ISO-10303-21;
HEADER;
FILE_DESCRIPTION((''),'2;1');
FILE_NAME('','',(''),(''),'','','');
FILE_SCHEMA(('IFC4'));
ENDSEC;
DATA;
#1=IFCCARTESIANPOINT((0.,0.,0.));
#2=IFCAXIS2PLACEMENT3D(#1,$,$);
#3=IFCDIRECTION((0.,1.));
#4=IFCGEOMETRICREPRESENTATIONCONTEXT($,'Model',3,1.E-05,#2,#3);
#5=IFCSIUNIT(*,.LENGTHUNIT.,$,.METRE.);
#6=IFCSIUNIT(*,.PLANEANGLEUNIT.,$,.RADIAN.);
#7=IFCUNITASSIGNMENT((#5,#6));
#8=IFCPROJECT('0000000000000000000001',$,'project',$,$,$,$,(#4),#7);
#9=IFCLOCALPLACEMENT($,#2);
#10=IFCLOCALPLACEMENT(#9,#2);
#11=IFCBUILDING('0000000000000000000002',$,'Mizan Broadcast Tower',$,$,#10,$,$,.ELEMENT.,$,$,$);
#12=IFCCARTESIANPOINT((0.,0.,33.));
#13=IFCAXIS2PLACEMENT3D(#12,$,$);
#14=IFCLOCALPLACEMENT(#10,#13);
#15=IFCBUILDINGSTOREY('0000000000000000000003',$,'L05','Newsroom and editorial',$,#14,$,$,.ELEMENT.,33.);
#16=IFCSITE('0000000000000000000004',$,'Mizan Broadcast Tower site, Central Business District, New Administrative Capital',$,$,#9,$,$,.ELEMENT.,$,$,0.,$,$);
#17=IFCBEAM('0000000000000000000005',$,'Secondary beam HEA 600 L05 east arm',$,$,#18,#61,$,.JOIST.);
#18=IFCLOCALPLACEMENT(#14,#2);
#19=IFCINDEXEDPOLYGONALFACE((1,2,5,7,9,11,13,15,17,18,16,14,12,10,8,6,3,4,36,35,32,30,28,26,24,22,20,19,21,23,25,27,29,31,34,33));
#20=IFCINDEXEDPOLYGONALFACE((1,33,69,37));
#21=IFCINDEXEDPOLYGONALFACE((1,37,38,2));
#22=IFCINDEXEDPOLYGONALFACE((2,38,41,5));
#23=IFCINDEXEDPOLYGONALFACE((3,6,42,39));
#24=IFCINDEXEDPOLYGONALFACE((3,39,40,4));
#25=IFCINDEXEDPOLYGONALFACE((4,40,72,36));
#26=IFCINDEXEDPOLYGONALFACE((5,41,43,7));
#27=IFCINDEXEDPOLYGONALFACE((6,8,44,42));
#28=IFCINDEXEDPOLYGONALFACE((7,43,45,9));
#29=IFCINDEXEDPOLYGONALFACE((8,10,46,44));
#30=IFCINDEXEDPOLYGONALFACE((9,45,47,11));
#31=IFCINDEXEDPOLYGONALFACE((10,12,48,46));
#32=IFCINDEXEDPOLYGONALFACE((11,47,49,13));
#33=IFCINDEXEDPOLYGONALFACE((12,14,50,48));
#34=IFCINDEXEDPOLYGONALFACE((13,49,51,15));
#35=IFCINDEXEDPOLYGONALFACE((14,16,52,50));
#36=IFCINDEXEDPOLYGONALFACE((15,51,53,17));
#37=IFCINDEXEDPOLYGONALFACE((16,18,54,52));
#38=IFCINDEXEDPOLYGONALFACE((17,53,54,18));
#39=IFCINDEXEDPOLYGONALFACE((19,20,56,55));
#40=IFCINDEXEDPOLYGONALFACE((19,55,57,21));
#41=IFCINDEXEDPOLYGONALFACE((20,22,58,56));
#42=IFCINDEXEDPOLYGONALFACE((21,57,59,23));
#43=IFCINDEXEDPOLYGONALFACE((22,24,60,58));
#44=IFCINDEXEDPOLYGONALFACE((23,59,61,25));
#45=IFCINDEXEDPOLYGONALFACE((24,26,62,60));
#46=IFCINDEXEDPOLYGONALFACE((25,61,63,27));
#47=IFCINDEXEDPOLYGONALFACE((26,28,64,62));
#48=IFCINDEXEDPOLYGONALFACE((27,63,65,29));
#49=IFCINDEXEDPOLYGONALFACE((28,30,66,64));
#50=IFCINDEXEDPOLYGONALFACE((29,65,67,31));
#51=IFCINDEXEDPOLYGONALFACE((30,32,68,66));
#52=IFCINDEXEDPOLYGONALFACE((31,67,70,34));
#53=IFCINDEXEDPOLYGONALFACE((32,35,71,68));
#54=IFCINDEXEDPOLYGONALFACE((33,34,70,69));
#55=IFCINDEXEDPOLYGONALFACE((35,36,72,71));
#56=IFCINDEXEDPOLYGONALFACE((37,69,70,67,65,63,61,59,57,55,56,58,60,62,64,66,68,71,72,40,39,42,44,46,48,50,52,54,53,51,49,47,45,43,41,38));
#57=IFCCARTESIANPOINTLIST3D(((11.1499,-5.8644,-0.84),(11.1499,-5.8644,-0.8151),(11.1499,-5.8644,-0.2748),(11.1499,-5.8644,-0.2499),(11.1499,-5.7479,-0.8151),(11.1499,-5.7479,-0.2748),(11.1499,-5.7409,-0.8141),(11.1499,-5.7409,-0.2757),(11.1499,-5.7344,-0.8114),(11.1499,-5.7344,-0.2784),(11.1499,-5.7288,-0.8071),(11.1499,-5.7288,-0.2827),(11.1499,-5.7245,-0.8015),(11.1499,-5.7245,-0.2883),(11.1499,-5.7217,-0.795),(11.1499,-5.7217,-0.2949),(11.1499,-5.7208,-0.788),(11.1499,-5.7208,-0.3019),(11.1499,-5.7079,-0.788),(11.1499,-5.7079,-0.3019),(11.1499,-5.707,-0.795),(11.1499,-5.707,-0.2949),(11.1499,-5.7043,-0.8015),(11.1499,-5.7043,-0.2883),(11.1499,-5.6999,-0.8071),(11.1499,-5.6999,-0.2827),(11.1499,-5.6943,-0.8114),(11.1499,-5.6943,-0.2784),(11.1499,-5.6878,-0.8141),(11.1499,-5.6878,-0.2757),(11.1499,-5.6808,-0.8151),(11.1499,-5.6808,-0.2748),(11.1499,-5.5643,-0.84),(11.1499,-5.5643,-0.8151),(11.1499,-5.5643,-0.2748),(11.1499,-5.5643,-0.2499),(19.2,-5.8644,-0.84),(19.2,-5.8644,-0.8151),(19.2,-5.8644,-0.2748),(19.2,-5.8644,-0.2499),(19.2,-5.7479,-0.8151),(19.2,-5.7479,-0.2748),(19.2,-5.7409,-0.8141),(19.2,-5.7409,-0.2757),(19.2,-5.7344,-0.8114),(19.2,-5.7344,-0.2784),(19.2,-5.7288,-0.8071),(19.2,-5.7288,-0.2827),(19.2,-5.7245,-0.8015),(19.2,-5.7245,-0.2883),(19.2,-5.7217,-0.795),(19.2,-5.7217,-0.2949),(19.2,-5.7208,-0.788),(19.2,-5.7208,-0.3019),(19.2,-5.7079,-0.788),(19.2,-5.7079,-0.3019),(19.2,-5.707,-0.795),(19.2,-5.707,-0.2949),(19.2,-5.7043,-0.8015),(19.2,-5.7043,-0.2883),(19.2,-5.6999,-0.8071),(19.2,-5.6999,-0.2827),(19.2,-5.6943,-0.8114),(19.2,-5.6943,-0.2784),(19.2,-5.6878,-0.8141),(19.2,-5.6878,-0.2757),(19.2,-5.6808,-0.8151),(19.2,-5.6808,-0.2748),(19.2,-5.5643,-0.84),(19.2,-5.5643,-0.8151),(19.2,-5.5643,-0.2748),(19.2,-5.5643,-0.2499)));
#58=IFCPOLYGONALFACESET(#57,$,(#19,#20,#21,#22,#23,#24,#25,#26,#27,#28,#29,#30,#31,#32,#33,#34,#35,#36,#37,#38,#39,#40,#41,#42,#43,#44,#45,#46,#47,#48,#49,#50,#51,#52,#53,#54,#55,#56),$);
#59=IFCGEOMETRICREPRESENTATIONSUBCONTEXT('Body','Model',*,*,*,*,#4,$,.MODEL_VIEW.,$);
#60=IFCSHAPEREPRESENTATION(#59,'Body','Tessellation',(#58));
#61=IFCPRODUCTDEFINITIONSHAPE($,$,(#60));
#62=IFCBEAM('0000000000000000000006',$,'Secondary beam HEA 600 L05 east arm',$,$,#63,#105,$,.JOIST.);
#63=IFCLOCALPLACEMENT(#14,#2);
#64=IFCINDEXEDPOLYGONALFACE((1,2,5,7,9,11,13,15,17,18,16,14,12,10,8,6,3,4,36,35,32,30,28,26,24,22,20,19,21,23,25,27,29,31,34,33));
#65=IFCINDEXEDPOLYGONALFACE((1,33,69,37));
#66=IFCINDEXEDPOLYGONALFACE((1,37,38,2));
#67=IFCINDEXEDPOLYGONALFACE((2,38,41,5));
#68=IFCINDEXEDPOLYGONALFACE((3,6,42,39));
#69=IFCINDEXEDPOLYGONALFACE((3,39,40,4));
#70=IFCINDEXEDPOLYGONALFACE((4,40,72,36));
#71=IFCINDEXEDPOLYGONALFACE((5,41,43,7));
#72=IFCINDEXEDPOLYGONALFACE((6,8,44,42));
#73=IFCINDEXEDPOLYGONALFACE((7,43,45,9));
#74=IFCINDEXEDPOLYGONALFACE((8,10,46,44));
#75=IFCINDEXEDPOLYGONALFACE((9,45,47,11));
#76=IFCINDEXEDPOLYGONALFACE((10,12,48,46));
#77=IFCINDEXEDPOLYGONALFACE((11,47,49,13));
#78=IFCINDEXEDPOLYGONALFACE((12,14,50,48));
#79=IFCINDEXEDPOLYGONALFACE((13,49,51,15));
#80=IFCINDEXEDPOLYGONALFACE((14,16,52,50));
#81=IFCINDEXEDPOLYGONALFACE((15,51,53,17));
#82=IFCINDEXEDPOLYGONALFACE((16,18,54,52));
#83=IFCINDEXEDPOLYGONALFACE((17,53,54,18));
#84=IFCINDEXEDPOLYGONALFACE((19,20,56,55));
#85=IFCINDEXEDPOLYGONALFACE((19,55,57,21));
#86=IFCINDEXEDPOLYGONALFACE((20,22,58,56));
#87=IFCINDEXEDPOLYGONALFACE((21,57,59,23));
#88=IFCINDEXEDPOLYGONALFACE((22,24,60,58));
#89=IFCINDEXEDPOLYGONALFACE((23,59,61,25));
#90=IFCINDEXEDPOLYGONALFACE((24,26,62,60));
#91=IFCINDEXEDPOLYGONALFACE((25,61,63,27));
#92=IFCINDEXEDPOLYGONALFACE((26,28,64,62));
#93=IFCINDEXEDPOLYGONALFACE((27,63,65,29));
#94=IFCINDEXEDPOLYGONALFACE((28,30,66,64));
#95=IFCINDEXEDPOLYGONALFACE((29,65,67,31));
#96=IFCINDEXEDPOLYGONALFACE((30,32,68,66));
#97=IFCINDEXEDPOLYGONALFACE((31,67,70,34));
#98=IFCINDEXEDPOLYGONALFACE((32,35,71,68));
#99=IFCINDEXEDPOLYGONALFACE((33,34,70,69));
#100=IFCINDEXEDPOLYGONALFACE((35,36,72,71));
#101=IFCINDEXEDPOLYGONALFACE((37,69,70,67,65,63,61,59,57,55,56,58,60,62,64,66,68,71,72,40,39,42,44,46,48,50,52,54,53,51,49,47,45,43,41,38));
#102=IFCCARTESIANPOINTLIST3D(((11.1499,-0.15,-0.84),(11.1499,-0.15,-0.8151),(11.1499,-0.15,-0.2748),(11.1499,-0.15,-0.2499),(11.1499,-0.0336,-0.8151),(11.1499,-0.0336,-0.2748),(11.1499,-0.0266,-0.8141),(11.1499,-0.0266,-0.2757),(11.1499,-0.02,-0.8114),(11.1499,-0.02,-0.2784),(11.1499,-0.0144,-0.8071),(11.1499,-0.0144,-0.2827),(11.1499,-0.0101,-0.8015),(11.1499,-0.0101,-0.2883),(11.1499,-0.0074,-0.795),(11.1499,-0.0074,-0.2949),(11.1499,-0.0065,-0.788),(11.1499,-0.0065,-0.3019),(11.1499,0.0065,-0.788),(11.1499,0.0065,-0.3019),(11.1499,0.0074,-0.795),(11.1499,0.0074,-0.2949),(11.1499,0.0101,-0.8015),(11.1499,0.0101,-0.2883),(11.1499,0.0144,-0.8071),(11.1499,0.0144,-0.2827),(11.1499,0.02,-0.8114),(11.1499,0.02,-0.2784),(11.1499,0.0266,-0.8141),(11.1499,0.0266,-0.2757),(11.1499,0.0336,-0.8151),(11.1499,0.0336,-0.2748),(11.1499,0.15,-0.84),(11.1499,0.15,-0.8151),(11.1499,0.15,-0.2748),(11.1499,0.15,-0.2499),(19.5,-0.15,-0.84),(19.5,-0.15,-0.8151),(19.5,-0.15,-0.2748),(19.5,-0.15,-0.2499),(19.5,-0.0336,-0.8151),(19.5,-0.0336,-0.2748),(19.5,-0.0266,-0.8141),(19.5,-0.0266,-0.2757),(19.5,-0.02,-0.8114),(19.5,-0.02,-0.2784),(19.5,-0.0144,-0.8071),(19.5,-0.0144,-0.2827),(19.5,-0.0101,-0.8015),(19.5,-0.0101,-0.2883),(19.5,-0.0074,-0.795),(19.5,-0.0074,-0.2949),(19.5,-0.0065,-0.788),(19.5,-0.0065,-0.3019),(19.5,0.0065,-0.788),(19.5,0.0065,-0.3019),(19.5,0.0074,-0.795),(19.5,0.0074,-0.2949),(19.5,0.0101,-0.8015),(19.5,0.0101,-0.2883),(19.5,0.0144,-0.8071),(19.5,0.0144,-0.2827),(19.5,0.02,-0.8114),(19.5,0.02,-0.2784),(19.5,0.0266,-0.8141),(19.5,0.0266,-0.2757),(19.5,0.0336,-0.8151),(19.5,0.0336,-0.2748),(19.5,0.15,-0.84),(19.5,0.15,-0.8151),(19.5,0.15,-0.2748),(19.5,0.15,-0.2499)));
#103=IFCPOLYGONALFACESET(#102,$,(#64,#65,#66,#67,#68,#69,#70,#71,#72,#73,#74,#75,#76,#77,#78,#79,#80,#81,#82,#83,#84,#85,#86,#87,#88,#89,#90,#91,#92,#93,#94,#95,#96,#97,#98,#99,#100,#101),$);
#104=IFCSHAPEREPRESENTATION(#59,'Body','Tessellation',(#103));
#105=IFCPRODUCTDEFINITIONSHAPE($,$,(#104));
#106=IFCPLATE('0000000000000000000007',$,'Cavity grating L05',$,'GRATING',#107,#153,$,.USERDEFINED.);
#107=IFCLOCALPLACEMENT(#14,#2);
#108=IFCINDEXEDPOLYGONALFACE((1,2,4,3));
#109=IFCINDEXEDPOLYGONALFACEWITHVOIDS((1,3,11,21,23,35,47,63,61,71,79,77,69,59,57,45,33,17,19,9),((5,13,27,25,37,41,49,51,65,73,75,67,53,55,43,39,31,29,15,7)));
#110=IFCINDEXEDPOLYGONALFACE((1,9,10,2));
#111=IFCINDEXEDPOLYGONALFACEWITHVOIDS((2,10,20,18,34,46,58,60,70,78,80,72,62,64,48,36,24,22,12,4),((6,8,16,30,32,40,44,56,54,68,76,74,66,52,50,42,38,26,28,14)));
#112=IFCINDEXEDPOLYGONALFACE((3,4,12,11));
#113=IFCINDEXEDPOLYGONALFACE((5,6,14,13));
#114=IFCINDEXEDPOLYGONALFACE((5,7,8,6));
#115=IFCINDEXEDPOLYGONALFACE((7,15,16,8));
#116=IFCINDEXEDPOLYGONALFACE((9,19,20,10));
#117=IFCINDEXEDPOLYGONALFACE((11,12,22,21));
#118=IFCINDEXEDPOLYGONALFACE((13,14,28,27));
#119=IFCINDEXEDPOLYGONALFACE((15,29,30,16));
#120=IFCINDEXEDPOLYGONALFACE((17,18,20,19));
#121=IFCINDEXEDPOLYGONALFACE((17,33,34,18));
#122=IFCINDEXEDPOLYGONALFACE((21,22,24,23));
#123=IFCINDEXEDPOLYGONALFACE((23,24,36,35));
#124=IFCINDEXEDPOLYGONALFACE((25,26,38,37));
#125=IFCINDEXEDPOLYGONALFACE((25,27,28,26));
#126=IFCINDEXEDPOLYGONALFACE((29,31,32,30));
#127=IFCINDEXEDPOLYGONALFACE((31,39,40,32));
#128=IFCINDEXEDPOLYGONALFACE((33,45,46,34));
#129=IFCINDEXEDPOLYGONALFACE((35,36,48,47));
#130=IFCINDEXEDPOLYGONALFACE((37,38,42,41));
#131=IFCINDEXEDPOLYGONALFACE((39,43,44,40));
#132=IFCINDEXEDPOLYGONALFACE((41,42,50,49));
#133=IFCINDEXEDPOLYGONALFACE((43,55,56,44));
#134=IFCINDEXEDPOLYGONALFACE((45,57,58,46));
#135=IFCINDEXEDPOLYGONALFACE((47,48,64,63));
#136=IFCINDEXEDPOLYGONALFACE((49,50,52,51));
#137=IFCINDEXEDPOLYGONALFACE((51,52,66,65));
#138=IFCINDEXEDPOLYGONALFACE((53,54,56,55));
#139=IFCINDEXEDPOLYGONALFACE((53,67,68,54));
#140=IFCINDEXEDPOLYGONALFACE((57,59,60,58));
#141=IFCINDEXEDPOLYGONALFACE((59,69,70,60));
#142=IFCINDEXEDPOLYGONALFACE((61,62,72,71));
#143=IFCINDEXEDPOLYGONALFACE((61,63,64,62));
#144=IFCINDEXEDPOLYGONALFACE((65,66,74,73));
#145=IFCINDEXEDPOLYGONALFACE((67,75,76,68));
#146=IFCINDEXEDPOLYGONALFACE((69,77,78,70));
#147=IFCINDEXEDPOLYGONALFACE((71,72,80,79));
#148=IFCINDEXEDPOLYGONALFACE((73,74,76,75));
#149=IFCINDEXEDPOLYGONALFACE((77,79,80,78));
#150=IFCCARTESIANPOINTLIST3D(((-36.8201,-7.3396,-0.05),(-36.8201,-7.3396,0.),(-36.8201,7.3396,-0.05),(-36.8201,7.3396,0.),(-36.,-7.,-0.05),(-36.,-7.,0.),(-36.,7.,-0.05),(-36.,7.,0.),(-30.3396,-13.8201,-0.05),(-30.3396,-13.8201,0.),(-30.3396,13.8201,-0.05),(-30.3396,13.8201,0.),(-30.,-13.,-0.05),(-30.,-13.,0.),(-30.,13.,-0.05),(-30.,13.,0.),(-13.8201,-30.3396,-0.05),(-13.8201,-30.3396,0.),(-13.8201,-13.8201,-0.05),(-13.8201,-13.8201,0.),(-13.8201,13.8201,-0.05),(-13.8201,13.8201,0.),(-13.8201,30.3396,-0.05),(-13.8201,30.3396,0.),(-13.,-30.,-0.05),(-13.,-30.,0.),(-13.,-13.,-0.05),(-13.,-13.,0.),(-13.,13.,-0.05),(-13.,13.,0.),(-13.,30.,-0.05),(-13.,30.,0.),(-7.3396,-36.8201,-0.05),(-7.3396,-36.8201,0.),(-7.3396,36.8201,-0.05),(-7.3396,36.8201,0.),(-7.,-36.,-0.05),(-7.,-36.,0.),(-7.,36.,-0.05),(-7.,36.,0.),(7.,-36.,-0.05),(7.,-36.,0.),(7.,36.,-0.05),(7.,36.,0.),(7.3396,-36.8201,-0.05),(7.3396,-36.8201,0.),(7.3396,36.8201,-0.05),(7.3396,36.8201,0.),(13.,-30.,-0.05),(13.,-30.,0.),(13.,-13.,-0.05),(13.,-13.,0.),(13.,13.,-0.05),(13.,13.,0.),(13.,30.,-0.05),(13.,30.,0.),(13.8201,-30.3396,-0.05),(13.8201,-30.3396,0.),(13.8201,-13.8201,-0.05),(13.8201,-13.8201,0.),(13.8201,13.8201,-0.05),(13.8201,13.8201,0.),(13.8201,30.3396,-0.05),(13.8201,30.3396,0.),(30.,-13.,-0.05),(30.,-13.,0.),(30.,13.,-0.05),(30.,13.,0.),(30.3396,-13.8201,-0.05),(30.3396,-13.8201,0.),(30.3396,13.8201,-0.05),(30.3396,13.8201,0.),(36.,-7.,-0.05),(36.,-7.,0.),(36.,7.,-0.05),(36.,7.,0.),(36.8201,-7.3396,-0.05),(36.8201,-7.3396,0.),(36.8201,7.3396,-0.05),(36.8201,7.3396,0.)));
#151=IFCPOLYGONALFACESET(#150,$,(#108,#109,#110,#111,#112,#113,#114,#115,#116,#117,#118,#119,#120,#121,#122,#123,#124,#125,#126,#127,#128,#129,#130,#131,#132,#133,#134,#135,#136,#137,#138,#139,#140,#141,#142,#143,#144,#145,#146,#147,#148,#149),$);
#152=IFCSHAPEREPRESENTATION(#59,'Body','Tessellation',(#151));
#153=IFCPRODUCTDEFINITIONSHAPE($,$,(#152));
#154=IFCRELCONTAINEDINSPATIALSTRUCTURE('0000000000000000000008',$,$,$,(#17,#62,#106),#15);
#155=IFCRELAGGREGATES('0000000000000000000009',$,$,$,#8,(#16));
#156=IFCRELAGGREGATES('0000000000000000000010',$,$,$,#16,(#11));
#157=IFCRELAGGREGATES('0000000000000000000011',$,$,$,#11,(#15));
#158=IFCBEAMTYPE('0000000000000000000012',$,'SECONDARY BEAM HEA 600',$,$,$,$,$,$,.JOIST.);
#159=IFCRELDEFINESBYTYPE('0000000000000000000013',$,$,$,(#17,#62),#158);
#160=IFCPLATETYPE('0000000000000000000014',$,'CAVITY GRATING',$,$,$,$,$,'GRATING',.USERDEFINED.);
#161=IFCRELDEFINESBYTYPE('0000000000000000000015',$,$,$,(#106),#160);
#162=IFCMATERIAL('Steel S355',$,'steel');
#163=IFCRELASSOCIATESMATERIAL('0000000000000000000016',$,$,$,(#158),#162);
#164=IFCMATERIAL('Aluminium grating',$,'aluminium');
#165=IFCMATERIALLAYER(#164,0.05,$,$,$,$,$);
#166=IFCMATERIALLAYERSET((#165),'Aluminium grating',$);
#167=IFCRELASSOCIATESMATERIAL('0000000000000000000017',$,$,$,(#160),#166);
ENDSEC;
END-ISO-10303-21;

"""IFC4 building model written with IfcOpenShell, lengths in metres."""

from ifc_helpers import new_model, si_unit, direction, frame, origin, origin_2d, place, context, subcontext, project, spatial, polyline, i_section, outline, extrude, material, layer, layer_set, material_profile, profile_set, type_object, element, save


model = new_model("IFC4")

# Units and contexts
model_context = context("Model", 3, precision=1e-05, world=origin(), true_north=direction((0.0, 1.0)))
body_context = subcontext(model_context, "Body", "Model", "MODEL_VIEW")
ifc_project = project(units=[si_unit("LENGTHUNIT", "METRE"), si_unit("PLANEANGLEUNIT", "RADIAN")], contexts=[model_context])

# Site, building, storey
site_placement = place(None, origin())
site = spatial("IfcSite", under=ifc_project, at=site_placement, Name="Mizan Broadcast Tower site, Central Business District, New Administrative Capital", CompositionType="ELEMENT", RefElevation=0.0)
building_placement = place(site_placement, origin())
building = spatial("IfcBuilding", under=site, at=building_placement, Name="Mizan Broadcast Tower", CompositionType="ELEMENT")
storey_placement = place(building_placement, frame((0.0, 0.0, 33.0)))
storey = spatial("IfcBuildingStorey", under=building, at=storey_placement, Name="L05", Description="Newsroom and editorial", CompositionType="ELEMENT", Elevation=33.0)

# Beams
ifc_material_1 = material(Name="Steel S355", Category="steel")
ifc_material_profile = material_profile(ifc_material_1, i_section(OverallWidth=0.3, OverallDepth=0.5901, WebThickness=0.0129, FlangeThickness=0.0249, FilletRadius=0.0271, at=origin_2d()), Name="HEA 600")
ifc_profile_set = profile_set([ifc_material_profile], Name="Steel S355")
beam_type = type_object("IfcBeamType", Name="SECONDARY BEAM HEA 600", PredefinedType="JOIST", material=ifc_profile_set)
beam_1_placement = place(storey_placement, frame((11.1499, -5.7144, -0.5449), z_axis=(1.0, 0.0, 0.0), x_axis=(0.0, 1.0, 0.0)))
element("IfcBeam", 1, at=beam_1_placement, inside=storey, type_object=beam_type, Name="Secondary beam HEA 600 L05 east arm", PredefinedType="JOIST", context=body_context, shape_type="SweptSolid", body=[
    extrude(i_section(OverallWidth=0.3, OverallDepth=0.5901, WebThickness=0.0129, FlangeThickness=0.0249, FilletRadius=0.0271, at=origin_2d()), origin(), (0.0, 0.0, 1.0), 8.05),
])
beam_2_placement = place(storey_placement, frame((11.1499, 0.0, -0.5449), z_axis=(1.0, 0.0, 0.0), x_axis=(0.0, 1.0, 0.0)))
element("IfcBeam", 2, at=beam_2_placement, inside=storey, type_object=beam_type, Name="Secondary beam HEA 600 L05 east arm", PredefinedType="JOIST", context=body_context, shape_type="SweptSolid", body=[
    extrude(i_section(OverallWidth=0.3, OverallDepth=0.5901, WebThickness=0.0129, FlangeThickness=0.0249, FilletRadius=0.0271, at=origin_2d()), origin(), (0.0, 0.0, 1.0), 8.3501),
])

# Plate
ifc_material_2 = material(Name="Aluminium grating", Category="aluminium")
ifc_layer_1 = layer(ifc_material_2, 0.05)
ifc_layer_set_1 = layer_set([ifc_layer_1], Name="Aluminium grating")
plate_type = type_object("IfcPlateType", Name="CAVITY GRATING", ElementType="GRATING", PredefinedType="USERDEFINED", material=ifc_layer_set_1)
plate_placement = place(storey_placement, frame((0.0, 0.0, -0.05)))
element("IfcPlate", 3, at=plate_placement, inside=storey, type_object=plate_type, Name="Cavity grating L05", ObjectType="GRATING", PredefinedType="USERDEFINED", context=body_context, shape_type="SweptSolid", body=[
    extrude(outline(polyline([(7.3396, -36.8201), (13.8201, -30.3396), (13.8201, -13.8201), (30.3396, -13.8201), (36.8201, -7.3396), (36.8201, 7.3396), (30.3396, 13.8201), (13.8201, 13.8201), (13.8201, 30.3396), (7.3396, 36.8201), (-7.3396, 36.8201), (-13.8201, 30.3396), (-13.8201, 13.8201), (-30.3396, 13.8201), (-36.8201, 7.3396), (-36.8201, -7.3396), (-30.3396, -13.8201), (-13.8201, -13.8201), (-13.8201, -30.3396), (-7.3396, -36.8201), (7.3396, -36.8201)]), holes=[polyline([(36.0, -7.0), (30.0, -13.0), (13.0, -13.0), (13.0, -30.0), (7.0, -36.0), (-7.0, -36.0), (-13.0, -30.0), (-13.0, -13.0), (-30.0, -13.0), (-36.0, -7.0), (-36.0, 7.0), (-30.0, 13.0), (-13.0, 13.0), (-13.0, 30.0), (-7.0, 36.0), (7.0, 36.0), (13.0, 30.0), (13.0, 13.0), (30.0, 13.0), (36.0, 7.0), (36.0, -7.0)])]), origin(), (0.0, 0.0, 1.0), 0.05),
])

save(model, "model.ifc")
